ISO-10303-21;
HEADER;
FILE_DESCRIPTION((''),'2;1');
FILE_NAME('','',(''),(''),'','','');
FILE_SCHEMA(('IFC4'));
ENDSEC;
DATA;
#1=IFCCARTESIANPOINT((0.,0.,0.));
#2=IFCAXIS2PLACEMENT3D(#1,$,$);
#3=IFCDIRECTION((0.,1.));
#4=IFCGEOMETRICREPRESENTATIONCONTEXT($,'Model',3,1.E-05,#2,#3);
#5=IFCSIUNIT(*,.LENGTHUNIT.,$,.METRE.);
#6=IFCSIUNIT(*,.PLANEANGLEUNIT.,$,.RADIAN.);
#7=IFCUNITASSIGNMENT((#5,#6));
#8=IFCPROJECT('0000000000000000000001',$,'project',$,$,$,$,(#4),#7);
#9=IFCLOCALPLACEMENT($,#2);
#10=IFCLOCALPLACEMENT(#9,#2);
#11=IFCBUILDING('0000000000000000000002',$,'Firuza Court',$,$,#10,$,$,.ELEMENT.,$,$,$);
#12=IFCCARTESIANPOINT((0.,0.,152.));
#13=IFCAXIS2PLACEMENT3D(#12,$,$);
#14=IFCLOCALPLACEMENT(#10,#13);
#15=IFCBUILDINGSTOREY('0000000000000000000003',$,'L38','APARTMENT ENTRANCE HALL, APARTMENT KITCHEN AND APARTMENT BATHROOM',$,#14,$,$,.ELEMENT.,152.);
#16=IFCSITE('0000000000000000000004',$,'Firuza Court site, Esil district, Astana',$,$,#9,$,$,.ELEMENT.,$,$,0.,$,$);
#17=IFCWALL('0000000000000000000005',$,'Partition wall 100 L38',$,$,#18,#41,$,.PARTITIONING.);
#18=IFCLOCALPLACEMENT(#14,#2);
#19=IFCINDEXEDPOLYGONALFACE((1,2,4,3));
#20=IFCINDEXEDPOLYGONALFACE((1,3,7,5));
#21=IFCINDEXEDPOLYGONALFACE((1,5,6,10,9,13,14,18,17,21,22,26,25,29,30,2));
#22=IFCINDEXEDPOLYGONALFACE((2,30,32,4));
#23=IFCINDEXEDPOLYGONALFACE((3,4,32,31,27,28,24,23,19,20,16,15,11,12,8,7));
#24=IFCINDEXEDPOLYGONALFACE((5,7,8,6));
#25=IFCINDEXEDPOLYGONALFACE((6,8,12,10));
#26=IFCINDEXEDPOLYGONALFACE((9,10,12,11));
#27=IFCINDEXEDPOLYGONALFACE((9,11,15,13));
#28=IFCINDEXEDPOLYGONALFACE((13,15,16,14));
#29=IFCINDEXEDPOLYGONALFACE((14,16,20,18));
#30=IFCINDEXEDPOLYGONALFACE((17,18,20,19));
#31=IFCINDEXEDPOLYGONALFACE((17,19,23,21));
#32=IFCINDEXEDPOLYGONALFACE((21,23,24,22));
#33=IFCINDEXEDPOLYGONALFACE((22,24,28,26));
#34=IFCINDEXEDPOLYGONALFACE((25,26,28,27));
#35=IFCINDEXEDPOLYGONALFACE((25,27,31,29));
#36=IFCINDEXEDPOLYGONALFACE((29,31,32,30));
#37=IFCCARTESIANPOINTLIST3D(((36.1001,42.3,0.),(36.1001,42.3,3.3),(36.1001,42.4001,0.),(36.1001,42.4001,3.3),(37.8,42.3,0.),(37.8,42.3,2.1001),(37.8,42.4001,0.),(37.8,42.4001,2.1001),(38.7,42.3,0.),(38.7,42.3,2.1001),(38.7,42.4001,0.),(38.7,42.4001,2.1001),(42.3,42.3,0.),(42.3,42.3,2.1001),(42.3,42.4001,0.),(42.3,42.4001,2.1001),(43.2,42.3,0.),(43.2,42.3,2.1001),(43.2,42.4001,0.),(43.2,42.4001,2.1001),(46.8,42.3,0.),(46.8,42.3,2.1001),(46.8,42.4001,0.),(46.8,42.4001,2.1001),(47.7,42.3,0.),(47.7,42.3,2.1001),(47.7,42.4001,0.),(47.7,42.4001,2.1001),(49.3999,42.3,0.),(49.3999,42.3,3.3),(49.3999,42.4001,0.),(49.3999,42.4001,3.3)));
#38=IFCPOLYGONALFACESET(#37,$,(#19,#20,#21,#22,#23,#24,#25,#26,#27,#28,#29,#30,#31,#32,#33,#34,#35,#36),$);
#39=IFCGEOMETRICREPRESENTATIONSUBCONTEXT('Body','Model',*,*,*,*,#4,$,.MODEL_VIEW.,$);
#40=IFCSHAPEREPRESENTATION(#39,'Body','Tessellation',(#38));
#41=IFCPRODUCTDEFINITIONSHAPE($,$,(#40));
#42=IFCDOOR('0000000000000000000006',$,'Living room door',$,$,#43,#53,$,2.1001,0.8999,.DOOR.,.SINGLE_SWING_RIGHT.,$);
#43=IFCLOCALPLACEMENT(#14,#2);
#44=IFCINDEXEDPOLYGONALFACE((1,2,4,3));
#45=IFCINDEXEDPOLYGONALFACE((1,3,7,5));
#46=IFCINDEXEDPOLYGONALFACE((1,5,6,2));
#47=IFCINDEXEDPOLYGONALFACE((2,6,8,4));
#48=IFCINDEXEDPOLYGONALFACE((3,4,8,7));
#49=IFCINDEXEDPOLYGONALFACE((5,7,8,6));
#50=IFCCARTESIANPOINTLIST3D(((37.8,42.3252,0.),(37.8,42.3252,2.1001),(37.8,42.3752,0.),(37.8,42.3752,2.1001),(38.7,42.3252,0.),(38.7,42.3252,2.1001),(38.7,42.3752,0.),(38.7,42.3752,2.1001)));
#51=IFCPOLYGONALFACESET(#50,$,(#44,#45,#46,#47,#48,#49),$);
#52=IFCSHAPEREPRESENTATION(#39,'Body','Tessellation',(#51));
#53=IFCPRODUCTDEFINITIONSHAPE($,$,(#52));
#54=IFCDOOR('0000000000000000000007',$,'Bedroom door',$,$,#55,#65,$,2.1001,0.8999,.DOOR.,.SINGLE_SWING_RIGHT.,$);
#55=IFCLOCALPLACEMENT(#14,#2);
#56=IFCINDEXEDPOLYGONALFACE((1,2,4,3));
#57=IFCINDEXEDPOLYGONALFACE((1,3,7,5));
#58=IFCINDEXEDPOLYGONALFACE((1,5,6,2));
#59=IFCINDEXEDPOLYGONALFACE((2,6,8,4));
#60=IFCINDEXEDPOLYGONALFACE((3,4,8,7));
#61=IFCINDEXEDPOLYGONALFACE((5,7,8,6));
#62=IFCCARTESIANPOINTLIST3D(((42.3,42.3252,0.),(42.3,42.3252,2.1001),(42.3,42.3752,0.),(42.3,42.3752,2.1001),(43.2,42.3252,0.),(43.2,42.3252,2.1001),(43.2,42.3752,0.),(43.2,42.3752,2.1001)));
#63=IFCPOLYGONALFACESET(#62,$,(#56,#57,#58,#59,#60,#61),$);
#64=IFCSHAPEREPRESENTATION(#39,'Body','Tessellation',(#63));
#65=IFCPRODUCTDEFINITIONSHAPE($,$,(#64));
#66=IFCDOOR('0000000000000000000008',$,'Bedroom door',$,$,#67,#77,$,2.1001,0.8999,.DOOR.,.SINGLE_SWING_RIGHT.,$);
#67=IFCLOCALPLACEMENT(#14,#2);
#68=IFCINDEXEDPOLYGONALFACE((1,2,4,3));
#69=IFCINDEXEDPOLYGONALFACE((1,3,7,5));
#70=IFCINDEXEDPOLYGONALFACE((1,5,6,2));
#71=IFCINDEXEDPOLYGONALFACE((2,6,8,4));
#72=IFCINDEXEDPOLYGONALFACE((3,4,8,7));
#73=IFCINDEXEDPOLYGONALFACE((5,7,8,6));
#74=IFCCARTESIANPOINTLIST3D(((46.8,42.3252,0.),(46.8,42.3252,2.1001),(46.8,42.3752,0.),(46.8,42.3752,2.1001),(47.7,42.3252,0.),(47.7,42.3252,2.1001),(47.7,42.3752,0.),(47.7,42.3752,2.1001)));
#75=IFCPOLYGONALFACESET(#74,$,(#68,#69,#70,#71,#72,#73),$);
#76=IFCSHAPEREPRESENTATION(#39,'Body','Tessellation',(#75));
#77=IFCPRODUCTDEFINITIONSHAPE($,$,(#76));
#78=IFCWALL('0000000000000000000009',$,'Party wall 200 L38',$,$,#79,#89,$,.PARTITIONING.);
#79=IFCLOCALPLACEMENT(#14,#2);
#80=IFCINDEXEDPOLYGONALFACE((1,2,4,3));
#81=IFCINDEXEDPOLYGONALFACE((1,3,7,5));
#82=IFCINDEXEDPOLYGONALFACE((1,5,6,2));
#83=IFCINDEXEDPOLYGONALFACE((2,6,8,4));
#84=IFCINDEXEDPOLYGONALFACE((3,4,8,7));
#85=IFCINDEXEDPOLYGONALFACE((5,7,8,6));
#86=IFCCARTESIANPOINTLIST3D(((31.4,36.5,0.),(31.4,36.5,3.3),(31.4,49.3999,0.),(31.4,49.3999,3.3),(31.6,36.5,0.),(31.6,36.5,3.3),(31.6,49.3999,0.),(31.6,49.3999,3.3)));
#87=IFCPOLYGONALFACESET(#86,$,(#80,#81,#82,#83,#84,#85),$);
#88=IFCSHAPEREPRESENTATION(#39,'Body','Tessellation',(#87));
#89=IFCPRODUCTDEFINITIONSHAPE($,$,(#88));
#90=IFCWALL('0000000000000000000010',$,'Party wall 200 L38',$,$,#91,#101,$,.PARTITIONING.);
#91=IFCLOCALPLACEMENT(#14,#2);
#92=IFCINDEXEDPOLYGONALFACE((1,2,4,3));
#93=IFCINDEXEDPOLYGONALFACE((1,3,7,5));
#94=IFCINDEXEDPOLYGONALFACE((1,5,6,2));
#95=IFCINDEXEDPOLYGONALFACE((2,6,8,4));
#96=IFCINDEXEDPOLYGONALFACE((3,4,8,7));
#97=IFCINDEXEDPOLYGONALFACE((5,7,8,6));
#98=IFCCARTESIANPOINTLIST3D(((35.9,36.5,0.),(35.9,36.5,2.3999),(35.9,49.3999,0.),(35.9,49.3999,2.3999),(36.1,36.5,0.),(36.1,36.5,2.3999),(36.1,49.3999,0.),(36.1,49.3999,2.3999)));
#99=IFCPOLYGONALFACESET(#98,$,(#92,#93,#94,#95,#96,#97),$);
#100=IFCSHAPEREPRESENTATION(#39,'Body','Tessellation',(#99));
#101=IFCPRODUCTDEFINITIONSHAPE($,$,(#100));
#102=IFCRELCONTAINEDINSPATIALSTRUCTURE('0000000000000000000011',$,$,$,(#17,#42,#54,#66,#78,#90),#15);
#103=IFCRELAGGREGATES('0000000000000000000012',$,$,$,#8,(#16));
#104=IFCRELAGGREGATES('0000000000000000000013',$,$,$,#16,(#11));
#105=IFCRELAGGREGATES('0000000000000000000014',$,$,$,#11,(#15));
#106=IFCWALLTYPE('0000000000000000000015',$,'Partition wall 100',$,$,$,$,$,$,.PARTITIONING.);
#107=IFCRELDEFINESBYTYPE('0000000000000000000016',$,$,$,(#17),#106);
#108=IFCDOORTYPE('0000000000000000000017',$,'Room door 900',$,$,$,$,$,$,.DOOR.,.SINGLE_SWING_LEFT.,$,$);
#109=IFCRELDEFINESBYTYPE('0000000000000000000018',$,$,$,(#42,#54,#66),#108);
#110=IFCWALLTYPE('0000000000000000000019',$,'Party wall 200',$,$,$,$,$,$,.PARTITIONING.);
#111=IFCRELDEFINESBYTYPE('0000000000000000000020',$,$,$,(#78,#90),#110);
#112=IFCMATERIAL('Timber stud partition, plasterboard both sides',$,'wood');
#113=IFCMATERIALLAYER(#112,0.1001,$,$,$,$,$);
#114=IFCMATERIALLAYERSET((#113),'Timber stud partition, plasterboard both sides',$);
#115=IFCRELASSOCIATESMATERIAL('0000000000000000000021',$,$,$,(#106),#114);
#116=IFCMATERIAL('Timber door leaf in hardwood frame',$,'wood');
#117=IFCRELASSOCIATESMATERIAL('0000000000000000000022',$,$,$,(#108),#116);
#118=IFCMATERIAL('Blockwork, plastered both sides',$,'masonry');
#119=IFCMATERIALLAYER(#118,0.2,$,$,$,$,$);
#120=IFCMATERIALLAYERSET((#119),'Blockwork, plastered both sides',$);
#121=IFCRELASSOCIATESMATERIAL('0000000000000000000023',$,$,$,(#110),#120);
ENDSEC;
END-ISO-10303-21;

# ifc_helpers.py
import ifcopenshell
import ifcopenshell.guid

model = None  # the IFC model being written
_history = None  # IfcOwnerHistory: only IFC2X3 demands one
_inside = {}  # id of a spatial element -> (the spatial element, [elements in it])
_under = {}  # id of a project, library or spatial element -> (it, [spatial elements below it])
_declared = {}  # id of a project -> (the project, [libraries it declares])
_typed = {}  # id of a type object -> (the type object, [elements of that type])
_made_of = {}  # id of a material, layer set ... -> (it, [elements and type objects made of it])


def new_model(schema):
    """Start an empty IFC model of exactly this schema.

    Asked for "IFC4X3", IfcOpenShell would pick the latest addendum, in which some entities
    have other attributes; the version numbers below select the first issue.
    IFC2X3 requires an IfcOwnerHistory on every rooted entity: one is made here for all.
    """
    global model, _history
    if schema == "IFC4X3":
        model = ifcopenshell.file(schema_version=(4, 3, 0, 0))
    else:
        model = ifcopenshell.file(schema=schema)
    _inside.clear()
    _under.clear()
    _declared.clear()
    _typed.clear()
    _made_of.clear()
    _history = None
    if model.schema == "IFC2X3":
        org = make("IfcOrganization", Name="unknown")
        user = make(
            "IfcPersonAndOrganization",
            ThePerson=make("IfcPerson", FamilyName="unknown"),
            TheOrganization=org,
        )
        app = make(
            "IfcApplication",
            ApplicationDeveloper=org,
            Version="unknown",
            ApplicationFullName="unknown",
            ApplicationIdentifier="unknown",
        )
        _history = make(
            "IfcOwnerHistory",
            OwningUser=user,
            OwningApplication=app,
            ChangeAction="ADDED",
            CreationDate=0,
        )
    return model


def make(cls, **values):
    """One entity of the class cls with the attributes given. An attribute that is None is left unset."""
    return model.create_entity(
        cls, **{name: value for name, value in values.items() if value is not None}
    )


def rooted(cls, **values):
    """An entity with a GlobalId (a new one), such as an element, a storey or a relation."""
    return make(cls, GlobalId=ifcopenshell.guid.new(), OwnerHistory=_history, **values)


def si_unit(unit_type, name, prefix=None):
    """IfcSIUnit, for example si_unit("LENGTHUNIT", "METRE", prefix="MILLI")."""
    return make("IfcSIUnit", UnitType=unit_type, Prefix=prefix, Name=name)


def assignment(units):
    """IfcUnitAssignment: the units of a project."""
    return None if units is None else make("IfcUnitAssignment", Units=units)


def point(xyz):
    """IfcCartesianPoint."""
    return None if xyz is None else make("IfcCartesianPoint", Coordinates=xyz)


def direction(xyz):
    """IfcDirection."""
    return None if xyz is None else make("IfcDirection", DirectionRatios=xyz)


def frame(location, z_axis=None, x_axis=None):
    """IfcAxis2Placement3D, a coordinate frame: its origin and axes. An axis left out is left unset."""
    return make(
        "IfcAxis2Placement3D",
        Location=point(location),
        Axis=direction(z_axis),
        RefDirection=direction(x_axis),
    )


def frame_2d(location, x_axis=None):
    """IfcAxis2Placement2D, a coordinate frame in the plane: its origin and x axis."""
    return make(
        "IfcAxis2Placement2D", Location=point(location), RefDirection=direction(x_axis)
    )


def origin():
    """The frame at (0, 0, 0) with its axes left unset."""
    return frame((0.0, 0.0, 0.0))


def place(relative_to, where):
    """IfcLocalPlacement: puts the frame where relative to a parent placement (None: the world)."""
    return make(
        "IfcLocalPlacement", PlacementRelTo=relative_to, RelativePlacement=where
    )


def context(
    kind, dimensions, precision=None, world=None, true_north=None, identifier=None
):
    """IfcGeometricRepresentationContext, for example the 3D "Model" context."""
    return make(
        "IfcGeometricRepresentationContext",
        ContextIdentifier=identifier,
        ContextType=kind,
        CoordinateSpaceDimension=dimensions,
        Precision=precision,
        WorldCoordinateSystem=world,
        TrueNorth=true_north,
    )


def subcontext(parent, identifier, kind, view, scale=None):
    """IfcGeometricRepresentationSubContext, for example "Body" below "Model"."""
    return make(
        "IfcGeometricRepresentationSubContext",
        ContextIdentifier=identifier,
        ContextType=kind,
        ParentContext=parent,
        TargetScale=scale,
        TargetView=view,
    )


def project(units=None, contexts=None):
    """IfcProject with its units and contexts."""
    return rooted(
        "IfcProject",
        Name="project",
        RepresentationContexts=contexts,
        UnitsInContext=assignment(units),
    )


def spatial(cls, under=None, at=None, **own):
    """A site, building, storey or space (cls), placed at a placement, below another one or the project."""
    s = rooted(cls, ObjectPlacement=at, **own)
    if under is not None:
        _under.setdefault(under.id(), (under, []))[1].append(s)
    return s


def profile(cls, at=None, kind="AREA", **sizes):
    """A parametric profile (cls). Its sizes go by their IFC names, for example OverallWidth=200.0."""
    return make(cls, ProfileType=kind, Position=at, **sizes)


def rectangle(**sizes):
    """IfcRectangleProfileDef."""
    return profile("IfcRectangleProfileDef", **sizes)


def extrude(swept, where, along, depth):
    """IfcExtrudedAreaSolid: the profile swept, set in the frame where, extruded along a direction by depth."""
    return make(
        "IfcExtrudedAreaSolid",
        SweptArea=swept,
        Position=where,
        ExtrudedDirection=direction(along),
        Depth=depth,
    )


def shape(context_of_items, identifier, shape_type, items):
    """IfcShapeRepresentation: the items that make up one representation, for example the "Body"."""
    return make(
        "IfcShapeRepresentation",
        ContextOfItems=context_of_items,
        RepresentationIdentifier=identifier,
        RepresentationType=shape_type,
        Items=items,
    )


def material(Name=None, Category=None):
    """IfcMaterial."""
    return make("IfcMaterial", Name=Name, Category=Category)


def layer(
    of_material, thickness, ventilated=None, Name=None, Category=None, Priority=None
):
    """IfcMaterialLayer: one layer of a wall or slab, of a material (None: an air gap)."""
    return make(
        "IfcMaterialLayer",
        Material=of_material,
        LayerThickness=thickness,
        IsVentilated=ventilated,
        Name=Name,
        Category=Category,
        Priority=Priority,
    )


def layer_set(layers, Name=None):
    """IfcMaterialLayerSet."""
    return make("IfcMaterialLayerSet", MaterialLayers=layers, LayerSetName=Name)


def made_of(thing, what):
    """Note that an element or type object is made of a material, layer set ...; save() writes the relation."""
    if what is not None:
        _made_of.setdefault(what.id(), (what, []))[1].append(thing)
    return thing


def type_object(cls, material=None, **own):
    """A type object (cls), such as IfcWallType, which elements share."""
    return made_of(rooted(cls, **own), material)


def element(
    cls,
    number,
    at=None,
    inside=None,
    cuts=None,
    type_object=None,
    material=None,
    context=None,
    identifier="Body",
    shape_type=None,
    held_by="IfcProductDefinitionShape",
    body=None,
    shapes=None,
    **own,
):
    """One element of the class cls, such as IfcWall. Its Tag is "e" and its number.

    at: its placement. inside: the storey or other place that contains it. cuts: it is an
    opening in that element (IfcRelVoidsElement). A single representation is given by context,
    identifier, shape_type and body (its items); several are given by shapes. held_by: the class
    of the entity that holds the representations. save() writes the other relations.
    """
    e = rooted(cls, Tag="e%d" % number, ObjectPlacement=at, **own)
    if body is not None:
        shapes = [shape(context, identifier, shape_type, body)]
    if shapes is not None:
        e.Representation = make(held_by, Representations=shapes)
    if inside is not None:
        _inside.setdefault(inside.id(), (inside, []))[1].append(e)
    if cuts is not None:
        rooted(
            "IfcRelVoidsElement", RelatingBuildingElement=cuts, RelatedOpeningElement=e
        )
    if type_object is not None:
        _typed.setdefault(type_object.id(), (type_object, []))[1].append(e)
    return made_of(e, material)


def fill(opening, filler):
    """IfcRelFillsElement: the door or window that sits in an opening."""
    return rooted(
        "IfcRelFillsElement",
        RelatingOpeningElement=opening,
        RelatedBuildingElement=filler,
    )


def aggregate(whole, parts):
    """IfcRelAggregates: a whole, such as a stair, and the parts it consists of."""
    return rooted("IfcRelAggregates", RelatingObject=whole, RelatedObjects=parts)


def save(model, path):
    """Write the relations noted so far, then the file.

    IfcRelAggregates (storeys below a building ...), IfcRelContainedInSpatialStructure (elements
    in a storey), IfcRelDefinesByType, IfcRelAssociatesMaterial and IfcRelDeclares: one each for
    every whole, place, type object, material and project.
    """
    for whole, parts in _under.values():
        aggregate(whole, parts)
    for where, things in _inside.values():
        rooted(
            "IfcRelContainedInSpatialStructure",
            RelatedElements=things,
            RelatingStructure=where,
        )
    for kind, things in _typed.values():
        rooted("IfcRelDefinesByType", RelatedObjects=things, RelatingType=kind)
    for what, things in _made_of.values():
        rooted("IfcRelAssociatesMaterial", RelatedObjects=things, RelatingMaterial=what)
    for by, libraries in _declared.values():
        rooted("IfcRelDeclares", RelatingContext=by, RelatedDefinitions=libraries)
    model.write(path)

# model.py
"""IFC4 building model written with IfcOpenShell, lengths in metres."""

from ifc_helpers import new_model, si_unit, direction, frame, frame_2d, origin, place, context, subcontext, project, spatial, rectangle, extrude, material, layer, layer_set, type_object, element, fill, save


model = new_model("IFC4")

# Units and contexts
model_context = context("Model", 3, precision=1e-05, world=origin(), true_north=direction((0.0, 1.0)))
body_context = subcontext(model_context, "Body", "Model", "MODEL_VIEW")
ifc_project = project(units=[si_unit("LENGTHUNIT", "METRE"), si_unit("PLANEANGLEUNIT", "RADIAN")], contexts=[model_context])

# Site, building, storey
site_placement = place(None, origin())
site = spatial("IfcSite", under=ifc_project, at=site_placement, Name="Firuza Court site, Esil district, Astana", CompositionType="ELEMENT", RefElevation=0.0)
building_placement = place(site_placement, origin())
building = spatial("IfcBuilding", under=site, at=building_placement, Name="Firuza Court", CompositionType="ELEMENT")
storey_placement = place(building_placement, frame((0.0, 0.0, 152.0)))
storey = spatial("IfcBuildingStorey", under=building, at=storey_placement, Name="L38", Description="APARTMENT ENTRANCE HALL, APARTMENT KITCHEN AND APARTMENT BATHROOM", CompositionType="ELEMENT", Elevation=152.0)

# Shared definitions
ifc_material_1 = material(Name="Blockwork, plastered both sides", Category="masonry")
ifc_material_2 = material(Name="Timber stud partition, plasterboard both sides", Category="wood")
ifc_layer_1 = layer(ifc_material_2, 0.1001)
ifc_layer_set_1 = layer_set([ifc_layer_1], Name="Timber stud partition, plasterboard both sides")
wall_type_1 = type_object("IfcWallType", Name="Partition wall 100", PredefinedType="PARTITIONING", material=ifc_layer_set_1)
ifc_material_3 = material(Name="Timber door leaf in hardwood frame", Category="wood")
door_type_1 = type_object("IfcDoorType", Name="Room door 900", OperationType="SINGLE_SWING_LEFT", PredefinedType="DOOR", material=ifc_material_3)

# Wall, openings, doors
wall_1_placement = place(storey_placement, frame((36.1001, 42.3501, 0.0), z_axis=(0.0, 0.0, 1.0), x_axis=(1.0, 0.0, 0.0)))
wall_1 = element("IfcWall", 1, at=wall_1_placement, inside=storey, type_object=wall_type_1, Name="Partition wall 100 L38", PredefinedType="PARTITIONING", context=body_context, shape_type="SweptSolid", body=[
    extrude(rectangle(XDim=13.2998, YDim=0.1001, at=frame_2d((6.6499, 0.0))), origin(), (0.0, 0.0, 1.0), 3.3),
])
opening_1_placement = place(wall_1_placement, frame((1.7, 0.0, 0.0)))
opening_1 = element("IfcOpeningElement", 2, at=opening_1_placement, cuts=wall_1, PredefinedType="OPENING", context=body_context, shape_type="SweptSolid", body=[
    extrude(rectangle(XDim=0.8999, YDim=2.1001, at=frame_2d((0.45, 1.05))), frame((0.0, 0.062, 0.0), z_axis=(0.0, -1.0, 0.0), x_axis=(1.0, 0.0, 0.0)), (0.0, 0.0, 1.0), 0.124),
])
opening_2_placement = place(wall_1_placement, frame((6.2, 0.0, 0.0)))
opening_2 = element("IfcOpeningElement", 3, at=opening_2_placement, cuts=wall_1, PredefinedType="OPENING", context=body_context, shape_type="SweptSolid", body=[
    extrude(rectangle(XDim=0.8999, YDim=2.1001, at=frame_2d((0.45, 1.05))), frame((0.0, 0.062, 0.0), z_axis=(0.0, -1.0, 0.0), x_axis=(1.0, 0.0, 0.0)), (0.0, 0.0, 1.0), 0.124),
])
opening_3_placement = place(wall_1_placement, frame((10.7, 0.0, 0.0)))
opening_3 = element("IfcOpeningElement", 4, at=opening_3_placement, cuts=wall_1, PredefinedType="OPENING", context=body_context, shape_type="SweptSolid", body=[
    extrude(rectangle(XDim=0.8999, YDim=2.1001, at=frame_2d((0.45, 1.05))), frame((0.0, 0.062, 0.0), z_axis=(0.0, -1.0, 0.0), x_axis=(1.0, 0.0, 0.0)), (0.0, 0.0, 1.0), 0.124),
])
door_1_placement = place(opening_1_placement, frame((0.8999, 0.0, 0.0), z_axis=(0.0, 0.0, 1.0), x_axis=(-1.0, 0.0, 0.0)))
door_1 = element("IfcDoor", 5, at=door_1_placement, inside=storey, type_object=door_type_1, Name="Living room door", OperationType="SINGLE_SWING_RIGHT", OverallHeight=2.1001, OverallWidth=0.8999, PredefinedType="DOOR", context=body_context, shape_type="SweptSolid", body=[
    extrude(rectangle(XDim=0.8999, YDim=2.1001, at=frame_2d((0.45, 1.05))), frame((0.0, 0.0249, 0.0), z_axis=(0.0, -1.0, 0.0), x_axis=(1.0, 0.0, 0.0)), (0.0, 0.0, 1.0), 0.05),
])
fill(opening_1, door_1)
door_2_placement = place(opening_2_placement, frame((0.8999, 0.0, 0.0), z_axis=(0.0, 0.0, 1.0), x_axis=(-1.0, 0.0, 0.0)))
door_2 = element("IfcDoor", 6, at=door_2_placement, inside=storey, type_object=door_type_1, Name="Bedroom door", OperationType="SINGLE_SWING_RIGHT", OverallHeight=2.1001, OverallWidth=0.8999, PredefinedType="DOOR", context=body_context, shape_type="SweptSolid", body=[
    extrude(rectangle(XDim=0.8999, YDim=2.1001, at=frame_2d((0.45, 1.05))), frame((0.0, 0.0249, 0.0), z_axis=(0.0, -1.0, 0.0), x_axis=(1.0, 0.0, 0.0)), (0.0, 0.0, 1.0), 0.05),
])
fill(opening_2, door_2)
door_3_placement = place(opening_3_placement, frame((0.8999, 0.0, 0.0), z_axis=(0.0, 0.0, 1.0), x_axis=(-1.0, 0.0, 0.0)))
door_3 = element("IfcDoor", 7, at=door_3_placement, inside=storey, type_object=door_type_1, Name="Bedroom door", OperationType="SINGLE_SWING_RIGHT", OverallHeight=2.1001, OverallWidth=0.8999, PredefinedType="DOOR", context=body_context, shape_type="SweptSolid", body=[
    extrude(rectangle(XDim=0.8999, YDim=2.1001, at=frame_2d((0.45, 1.05))), frame((0.0, 0.0249, 0.0), z_axis=(0.0, -1.0, 0.0), x_axis=(1.0, 0.0, 0.0)), (0.0, 0.0, 1.0), 0.05),
])
fill(opening_3, door_3)

# Walls
ifc_layer_2 = layer(ifc_material_1, 0.2)
ifc_layer_set_2 = layer_set([ifc_layer_2], Name="Blockwork, plastered both sides")
wall_type_2 = type_object("IfcWallType", Name="Party wall 200", PredefinedType="PARTITIONING", material=ifc_layer_set_2)
wall_2_placement = place(storey_placement, frame((31.5, 36.5, 0.0), z_axis=(0.0, 0.0, 1.0), x_axis=(0.0, 1.0, 0.0)))
element("IfcWall", 8, at=wall_2_placement, inside=storey, type_object=wall_type_2, Name="Party wall 200 L38", PredefinedType="PARTITIONING", context=body_context, shape_type="SweptSolid", body=[
    extrude(rectangle(XDim=12.8999, YDim=0.2, at=frame_2d((6.45, 0.0))), origin(), (0.0, 0.0, 1.0), 3.3),
])
wall_3_placement = place(storey_placement, frame((36.0, 36.5, 0.0), z_axis=(0.0, 0.0, 1.0), x_axis=(0.0, 1.0, 0.0)))
element("IfcWall", 9, at=wall_3_placement, inside=storey, type_object=wall_type_2, Name="Party wall 200 L38", PredefinedType="PARTITIONING", context=body_context, shape_type="SweptSolid", body=[
    extrude(rectangle(XDim=12.8999, YDim=0.2, at=frame_2d((6.45, 0.0))), origin(), (0.0, 0.0, 1.0), 2.3999),
])

save(model, "model.ifc")
